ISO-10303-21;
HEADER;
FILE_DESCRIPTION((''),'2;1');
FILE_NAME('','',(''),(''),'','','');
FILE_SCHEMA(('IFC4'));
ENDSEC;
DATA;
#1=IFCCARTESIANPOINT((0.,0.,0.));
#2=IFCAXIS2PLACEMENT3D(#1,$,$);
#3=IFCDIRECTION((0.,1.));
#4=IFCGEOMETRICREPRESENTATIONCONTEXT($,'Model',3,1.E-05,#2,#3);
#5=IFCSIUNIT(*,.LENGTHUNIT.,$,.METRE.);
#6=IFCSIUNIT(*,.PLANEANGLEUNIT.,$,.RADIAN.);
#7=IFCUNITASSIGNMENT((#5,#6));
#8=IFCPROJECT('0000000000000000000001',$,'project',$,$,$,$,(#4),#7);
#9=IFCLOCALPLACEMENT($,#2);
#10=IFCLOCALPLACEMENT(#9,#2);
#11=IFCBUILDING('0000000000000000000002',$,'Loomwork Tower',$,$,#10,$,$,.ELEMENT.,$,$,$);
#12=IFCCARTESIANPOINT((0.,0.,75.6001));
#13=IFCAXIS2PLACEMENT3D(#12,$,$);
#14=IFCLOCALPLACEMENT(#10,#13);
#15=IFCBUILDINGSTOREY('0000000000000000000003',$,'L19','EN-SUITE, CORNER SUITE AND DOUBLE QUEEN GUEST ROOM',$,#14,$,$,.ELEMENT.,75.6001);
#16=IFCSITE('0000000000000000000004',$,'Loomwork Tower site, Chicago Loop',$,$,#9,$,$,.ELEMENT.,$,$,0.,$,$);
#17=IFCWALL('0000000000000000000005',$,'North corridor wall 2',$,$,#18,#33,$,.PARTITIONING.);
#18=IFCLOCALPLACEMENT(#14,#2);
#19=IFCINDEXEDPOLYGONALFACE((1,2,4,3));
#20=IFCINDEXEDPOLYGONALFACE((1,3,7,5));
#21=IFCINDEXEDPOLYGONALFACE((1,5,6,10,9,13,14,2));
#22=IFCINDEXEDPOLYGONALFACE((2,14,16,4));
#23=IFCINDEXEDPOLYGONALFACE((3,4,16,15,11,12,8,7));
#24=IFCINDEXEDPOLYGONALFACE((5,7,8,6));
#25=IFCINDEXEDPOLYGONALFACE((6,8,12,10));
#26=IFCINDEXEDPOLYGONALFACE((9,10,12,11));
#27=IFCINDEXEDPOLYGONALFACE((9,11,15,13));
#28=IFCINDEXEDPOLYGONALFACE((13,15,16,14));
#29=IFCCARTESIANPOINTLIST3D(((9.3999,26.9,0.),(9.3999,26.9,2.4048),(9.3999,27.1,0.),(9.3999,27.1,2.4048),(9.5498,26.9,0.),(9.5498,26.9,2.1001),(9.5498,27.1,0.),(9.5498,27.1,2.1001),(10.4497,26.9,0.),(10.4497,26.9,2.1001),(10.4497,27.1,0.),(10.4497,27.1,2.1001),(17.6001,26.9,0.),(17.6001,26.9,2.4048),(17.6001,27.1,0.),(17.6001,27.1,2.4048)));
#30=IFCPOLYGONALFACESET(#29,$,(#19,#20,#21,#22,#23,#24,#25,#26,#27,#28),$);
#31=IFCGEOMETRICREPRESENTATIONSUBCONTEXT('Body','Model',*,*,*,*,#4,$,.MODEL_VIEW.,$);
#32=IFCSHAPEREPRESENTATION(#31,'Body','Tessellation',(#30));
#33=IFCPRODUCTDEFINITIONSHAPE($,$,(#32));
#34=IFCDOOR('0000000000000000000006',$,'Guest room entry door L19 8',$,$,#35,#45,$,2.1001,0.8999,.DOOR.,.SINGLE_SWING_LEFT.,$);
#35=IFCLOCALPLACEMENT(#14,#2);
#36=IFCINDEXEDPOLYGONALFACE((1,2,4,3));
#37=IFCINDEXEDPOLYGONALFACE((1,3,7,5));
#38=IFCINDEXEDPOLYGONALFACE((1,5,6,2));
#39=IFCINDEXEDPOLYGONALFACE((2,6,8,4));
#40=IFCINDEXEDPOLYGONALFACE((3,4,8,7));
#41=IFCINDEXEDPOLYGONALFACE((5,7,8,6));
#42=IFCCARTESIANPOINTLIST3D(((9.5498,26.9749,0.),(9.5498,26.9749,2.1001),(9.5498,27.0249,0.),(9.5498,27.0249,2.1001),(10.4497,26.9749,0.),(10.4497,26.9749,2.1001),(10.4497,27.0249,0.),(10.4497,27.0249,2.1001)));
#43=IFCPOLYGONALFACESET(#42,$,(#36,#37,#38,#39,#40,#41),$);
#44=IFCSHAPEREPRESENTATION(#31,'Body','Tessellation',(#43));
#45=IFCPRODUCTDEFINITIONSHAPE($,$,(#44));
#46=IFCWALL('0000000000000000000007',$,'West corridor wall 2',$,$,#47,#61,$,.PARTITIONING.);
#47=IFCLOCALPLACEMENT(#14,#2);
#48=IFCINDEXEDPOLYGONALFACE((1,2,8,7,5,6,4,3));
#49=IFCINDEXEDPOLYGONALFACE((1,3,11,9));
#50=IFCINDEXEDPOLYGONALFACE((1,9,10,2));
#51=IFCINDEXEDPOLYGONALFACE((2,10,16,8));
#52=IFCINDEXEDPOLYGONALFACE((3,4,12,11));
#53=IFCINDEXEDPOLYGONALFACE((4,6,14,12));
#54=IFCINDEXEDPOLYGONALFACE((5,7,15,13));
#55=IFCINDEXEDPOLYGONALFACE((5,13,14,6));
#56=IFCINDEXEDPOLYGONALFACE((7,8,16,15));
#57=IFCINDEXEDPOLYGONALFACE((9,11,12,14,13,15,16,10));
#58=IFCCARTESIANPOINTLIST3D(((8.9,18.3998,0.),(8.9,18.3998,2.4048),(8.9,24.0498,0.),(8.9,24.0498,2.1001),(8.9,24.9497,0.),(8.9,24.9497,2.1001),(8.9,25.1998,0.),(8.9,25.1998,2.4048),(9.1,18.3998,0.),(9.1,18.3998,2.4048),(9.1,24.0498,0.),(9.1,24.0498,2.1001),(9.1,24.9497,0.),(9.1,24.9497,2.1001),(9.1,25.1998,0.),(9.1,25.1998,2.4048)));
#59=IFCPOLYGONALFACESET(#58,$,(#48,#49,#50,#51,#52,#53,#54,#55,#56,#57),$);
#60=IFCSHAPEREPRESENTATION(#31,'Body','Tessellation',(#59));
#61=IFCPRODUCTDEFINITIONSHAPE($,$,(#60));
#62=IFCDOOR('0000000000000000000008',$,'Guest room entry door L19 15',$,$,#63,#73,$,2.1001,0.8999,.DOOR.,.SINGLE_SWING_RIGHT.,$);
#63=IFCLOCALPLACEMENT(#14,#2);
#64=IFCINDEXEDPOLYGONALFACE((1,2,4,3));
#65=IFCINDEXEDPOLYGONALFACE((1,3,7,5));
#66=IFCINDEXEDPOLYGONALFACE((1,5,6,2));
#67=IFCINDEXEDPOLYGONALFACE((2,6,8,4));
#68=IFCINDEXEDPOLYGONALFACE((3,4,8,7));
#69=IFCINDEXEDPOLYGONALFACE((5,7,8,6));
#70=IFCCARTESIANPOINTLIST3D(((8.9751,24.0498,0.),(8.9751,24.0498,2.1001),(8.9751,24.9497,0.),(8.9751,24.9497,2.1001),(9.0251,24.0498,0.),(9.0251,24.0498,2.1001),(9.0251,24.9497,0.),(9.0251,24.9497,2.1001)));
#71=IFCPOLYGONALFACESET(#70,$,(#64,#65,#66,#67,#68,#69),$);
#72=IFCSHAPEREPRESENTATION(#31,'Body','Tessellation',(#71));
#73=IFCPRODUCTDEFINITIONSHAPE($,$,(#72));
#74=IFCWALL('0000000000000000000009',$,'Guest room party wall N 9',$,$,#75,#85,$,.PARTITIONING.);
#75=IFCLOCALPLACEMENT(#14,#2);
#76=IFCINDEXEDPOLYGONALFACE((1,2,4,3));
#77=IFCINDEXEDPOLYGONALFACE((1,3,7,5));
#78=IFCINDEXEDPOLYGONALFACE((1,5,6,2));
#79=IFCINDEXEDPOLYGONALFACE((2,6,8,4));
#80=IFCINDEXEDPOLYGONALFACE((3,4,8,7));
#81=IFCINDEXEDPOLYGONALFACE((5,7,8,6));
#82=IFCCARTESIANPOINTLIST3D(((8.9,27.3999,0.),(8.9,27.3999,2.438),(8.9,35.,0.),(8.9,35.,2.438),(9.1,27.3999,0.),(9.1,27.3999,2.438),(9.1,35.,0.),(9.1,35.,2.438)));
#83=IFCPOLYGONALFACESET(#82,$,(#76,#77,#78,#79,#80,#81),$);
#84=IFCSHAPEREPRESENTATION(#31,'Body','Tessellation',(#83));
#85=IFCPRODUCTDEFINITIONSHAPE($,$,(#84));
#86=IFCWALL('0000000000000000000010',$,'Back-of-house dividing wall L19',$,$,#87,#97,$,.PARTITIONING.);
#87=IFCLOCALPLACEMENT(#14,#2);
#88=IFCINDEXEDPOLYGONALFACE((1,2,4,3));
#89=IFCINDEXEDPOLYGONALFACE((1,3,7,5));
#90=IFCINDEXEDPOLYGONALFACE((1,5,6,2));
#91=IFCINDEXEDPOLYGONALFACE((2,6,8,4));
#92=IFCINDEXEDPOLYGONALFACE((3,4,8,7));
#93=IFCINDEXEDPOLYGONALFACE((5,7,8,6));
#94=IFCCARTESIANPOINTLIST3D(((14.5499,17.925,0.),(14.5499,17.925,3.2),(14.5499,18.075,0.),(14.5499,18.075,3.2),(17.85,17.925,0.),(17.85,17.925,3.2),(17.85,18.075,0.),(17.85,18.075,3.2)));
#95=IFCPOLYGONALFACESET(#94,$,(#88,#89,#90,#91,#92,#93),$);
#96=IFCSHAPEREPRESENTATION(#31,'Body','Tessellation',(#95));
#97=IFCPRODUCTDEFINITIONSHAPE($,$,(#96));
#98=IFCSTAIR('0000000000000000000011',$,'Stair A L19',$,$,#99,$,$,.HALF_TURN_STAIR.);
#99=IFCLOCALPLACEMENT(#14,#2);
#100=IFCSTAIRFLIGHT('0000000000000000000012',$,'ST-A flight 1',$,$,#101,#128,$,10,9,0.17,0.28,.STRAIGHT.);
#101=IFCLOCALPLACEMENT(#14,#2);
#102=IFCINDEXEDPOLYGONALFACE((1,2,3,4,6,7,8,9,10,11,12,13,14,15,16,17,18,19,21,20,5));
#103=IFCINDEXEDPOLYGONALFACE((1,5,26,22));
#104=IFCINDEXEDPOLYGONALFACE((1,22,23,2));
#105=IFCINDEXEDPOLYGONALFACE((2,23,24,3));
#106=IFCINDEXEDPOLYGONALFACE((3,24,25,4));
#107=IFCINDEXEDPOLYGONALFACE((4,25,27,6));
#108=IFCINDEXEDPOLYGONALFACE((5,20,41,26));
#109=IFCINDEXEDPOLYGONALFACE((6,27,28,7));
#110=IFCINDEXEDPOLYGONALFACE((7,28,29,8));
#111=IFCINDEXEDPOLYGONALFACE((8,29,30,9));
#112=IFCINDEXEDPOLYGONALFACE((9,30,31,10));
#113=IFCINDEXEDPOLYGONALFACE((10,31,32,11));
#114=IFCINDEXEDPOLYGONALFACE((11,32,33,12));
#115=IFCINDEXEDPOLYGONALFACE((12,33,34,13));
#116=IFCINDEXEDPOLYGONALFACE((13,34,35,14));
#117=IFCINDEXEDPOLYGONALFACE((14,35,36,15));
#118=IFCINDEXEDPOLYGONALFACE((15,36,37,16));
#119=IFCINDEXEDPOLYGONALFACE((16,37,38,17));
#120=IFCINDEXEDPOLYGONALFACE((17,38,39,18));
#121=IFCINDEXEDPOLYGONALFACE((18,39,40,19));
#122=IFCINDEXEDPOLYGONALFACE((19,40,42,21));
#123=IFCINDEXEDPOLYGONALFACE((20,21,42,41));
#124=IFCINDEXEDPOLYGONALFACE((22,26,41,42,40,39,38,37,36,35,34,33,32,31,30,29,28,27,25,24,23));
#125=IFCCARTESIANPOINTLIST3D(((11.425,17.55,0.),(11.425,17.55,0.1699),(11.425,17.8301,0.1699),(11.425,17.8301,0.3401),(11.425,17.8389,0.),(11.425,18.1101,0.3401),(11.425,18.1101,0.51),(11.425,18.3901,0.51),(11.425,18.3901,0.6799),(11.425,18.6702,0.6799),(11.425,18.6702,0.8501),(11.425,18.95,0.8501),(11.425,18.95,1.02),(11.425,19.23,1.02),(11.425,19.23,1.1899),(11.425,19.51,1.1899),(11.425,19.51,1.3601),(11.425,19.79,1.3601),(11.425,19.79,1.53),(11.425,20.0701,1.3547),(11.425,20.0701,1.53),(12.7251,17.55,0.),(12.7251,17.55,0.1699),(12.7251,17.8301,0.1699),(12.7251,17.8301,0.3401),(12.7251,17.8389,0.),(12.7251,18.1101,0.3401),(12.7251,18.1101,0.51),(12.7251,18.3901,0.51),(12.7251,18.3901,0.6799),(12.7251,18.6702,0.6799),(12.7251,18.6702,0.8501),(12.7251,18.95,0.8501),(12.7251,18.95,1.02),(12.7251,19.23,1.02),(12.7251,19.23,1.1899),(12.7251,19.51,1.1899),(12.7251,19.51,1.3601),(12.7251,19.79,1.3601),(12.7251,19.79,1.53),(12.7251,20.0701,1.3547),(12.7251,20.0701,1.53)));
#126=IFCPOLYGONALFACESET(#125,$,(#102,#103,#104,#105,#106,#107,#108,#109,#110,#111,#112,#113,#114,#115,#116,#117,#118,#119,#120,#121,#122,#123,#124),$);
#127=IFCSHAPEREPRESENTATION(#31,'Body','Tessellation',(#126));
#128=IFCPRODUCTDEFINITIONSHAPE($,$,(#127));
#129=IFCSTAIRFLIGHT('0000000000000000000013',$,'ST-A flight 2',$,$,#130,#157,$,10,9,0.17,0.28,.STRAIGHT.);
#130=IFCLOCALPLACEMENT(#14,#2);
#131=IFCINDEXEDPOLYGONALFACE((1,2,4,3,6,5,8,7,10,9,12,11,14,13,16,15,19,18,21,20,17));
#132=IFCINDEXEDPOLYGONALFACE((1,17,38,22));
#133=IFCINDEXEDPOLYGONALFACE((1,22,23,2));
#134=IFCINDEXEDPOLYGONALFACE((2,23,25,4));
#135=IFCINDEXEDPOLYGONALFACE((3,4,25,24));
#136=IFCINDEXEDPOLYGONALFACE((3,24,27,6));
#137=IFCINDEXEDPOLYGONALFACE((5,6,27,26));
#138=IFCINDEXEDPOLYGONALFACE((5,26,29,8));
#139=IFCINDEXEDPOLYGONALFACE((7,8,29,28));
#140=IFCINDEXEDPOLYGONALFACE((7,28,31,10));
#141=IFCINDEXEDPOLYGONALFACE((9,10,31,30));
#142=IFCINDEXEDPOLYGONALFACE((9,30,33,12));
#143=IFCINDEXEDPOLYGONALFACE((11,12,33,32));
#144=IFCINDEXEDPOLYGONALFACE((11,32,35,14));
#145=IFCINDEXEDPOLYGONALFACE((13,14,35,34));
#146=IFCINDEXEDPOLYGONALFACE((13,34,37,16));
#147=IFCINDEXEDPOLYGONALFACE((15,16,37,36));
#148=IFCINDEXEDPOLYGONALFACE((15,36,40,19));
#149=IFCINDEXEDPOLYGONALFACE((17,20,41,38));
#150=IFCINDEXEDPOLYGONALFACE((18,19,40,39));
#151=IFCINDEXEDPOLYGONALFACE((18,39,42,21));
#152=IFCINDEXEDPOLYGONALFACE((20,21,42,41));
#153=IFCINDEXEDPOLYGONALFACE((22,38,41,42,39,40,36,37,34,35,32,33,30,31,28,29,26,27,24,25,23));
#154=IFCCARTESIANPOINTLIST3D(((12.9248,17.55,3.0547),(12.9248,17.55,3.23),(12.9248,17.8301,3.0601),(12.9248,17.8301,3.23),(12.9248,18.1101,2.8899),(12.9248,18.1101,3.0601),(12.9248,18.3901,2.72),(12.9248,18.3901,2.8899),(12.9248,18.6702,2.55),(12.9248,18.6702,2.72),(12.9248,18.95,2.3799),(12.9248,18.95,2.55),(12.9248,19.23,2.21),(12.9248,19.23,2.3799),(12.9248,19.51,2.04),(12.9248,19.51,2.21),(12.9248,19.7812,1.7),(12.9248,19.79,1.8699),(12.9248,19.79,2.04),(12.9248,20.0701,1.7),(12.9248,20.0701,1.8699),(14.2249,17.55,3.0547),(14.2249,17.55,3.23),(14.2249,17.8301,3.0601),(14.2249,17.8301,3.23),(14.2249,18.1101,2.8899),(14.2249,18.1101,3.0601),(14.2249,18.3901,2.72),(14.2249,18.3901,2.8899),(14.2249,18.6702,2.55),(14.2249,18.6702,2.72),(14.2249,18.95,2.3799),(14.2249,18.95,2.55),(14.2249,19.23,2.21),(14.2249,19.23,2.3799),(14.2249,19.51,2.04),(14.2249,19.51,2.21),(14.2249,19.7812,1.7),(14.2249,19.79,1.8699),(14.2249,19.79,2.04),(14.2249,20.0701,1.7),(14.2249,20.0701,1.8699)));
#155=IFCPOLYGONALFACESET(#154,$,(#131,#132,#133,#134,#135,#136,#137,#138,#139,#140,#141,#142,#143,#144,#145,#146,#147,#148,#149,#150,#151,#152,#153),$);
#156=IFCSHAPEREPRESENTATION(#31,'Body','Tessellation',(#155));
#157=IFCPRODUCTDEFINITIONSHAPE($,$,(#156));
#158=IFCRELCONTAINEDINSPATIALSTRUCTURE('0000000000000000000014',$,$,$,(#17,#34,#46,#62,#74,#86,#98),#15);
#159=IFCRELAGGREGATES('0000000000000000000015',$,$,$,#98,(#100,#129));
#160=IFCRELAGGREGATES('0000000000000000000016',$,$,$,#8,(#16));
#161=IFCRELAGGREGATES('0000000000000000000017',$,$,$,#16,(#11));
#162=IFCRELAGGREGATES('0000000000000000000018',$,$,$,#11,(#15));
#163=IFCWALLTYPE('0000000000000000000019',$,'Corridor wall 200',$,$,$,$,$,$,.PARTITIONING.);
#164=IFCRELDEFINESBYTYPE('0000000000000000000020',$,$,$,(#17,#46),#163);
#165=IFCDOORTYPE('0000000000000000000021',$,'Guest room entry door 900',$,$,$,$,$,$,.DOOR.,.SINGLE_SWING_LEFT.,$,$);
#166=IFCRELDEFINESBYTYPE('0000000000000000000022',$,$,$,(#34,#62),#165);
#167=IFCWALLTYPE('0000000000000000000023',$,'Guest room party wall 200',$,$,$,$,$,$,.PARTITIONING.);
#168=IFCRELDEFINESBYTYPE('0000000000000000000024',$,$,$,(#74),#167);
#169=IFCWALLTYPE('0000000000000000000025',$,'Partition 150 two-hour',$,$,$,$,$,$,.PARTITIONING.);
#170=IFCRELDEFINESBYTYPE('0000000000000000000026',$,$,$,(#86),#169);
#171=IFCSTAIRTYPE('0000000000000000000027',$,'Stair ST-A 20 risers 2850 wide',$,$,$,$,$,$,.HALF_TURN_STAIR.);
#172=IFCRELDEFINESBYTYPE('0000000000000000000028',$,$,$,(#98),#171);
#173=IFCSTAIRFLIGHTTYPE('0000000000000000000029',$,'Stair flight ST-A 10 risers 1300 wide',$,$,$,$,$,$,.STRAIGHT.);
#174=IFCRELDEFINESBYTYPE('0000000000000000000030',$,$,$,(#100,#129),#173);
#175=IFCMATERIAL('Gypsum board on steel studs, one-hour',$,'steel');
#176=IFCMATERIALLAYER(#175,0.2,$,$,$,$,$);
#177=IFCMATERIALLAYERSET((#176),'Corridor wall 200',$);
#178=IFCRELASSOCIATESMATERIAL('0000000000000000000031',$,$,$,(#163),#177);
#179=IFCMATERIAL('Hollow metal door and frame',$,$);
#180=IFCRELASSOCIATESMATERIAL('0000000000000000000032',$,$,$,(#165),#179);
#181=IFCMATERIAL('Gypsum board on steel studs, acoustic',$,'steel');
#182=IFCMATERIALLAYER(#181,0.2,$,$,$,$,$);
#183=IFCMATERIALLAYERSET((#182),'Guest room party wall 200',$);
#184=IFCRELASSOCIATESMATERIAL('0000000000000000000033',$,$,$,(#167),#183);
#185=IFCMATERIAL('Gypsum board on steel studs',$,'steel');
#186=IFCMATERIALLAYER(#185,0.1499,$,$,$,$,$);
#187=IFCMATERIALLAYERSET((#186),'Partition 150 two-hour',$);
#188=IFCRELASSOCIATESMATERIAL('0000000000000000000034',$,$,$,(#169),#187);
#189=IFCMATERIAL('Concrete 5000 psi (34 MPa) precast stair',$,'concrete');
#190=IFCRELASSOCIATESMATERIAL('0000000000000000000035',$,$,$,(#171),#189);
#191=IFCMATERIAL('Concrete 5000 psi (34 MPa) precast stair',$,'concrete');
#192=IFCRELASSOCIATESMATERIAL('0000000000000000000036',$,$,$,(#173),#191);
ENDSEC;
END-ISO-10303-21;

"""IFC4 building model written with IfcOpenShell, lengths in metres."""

from ifc_helpers import new_model, si_unit, direction, frame, frame_2d, origin, place, context, subcontext, project, spatial, polyline, rectangle, outline, extrude, material, layer, layer_set, type_object, element, fill, aggregate, save


model = new_model("IFC4")

# Units and contexts
model_context = context("Model", 3, precision=1e-05, world=origin(), true_north=direction((0.0, 1.0)))
body_context = subcontext(model_context, "Body", "Model", "MODEL_VIEW")
ifc_project = project(units=[si_unit("LENGTHUNIT", "METRE"), si_unit("PLANEANGLEUNIT", "RADIAN")], contexts=[model_context])

# Site, building, storey
site_placement = place(None, origin())
site = spatial("IfcSite", under=ifc_project, at=site_placement, Name="Loomwork Tower site, Chicago Loop", CompositionType="ELEMENT", RefElevation=0.0)
building_placement = place(site_placement, origin())
building = spatial("IfcBuilding", under=site, at=building_placement, Name="Loomwork Tower", CompositionType="ELEMENT")
storey_placement = place(building_placement, frame((0.0, 0.0, 75.6001)))
storey = spatial("IfcBuildingStorey", under=building, at=storey_placement, Name="L19", Description="EN-SUITE, CORNER SUITE AND DOUBLE QUEEN GUEST ROOM", CompositionType="ELEMENT", Elevation=75.6001)

# Walls, openings, doors
ifc_material_1 = material(Name="Gypsum board on steel studs, one-hour", Category="steel")
ifc_layer_1 = layer(ifc_material_1, 0.2)
ifc_layer_set_1 = layer_set([ifc_layer_1], Name="Corridor wall 200")
wall_type_1 = type_object("IfcWallType", Name="Corridor wall 200", PredefinedType="PARTITIONING", material=ifc_layer_set_1)
wall_1_placement = place(storey_placement, frame((9.3999, 27.0, 0.0), z_axis=(0.0, 0.0, 1.0), x_axis=(1.0, 0.0, 0.0)))
wall_1 = element("IfcWall", 1, at=wall_1_placement, inside=storey, type_object=wall_type_1, Name="North corridor wall 2", PredefinedType="PARTITIONING", context=body_context, shape_type="SweptSolid", body=[
    extrude(rectangle(XDim=8.2002, YDim=0.2, at=frame_2d((4.1001, 0.0))), origin(), (0.0, 0.0, 1.0), 2.4048),
])
opening_1_placement = place(wall_1_placement, frame((0.1499, 0.0, 0.0)))
opening_1 = element("IfcOpeningElement", 2, at=opening_1_placement, cuts=wall_1, PredefinedType="OPENING", context=body_context, shape_type="SweptSolid", body=[
    extrude(rectangle(XDim=0.8999, YDim=2.1001, at=frame_2d((0.45, 1.05))), frame((0.0, 0.1099, 0.0), z_axis=(0.0, -1.0, 0.0), x_axis=(1.0, 0.0, 0.0)), (0.0, 0.0, 1.0), 0.22),
])
ifc_material_2 = material(Name="Hollow metal door and frame")
door_type_1 = type_object("IfcDoorType", Name="Guest room entry door 900", OperationType="SINGLE_SWING_LEFT", PredefinedType="DOOR", material=ifc_material_2)
door_1_placement = place(opening_1_placement, origin())
door_1 = element("IfcDoor", 3, at=door_1_placement, inside=storey, type_object=door_type_1, Name="Guest room entry door L19 8", OperationType="SINGLE_SWING_LEFT", OverallHeight=2.1001, OverallWidth=0.8999, PredefinedType="DOOR", context=body_context, shape_type="SweptSolid", body=[
    extrude(rectangle(XDim=0.8999, YDim=2.1001, at=frame_2d((0.45, 1.05))), frame((0.0, 0.0249, 0.0), z_axis=(0.0, -1.0, 0.0), x_axis=(1.0, 0.0, 0.0)), (0.0, 0.0, 1.0), 0.05),
])
fill(opening_1, door_1)
wall_2_placement = place(storey_placement, frame((9.0, 18.3999, 0.0), z_axis=(0.0, 0.0, 1.0), x_axis=(0.0, 1.0, 0.0)))
wall_2 = element("IfcWall", 4, at=wall_2_placement, inside=storey, type_object=wall_type_1, Name="West corridor wall 2", PredefinedType="PARTITIONING", context=body_context, shape_type="SweptSolid", body=[
    extrude(rectangle(XDim=6.8, YDim=0.2, at=frame_2d((3.3999, 0.0))), origin(), (0.0, 0.0, 1.0), 2.4048),
])
opening_2_placement = place(wall_2_placement, frame((5.6499, 0.0, 0.0)))
opening_2 = element("IfcOpeningElement", 5, at=opening_2_placement, cuts=wall_2, PredefinedType="OPENING", context=body_context, shape_type="SweptSolid", body=[
    extrude(rectangle(XDim=0.8999, YDim=2.1001, at=frame_2d((0.45, 1.05))), frame((0.0, 0.1099, 0.0), z_axis=(0.0, -1.0, 0.0), x_axis=(1.0, 0.0, 0.0)), (0.0, 0.0, 1.0), 0.22),
])
door_2_placement = place(opening_2_placement, origin())
door_2 = element("IfcDoor", 6, at=door_2_placement, inside=storey, type_object=door_type_1, Name="Guest room entry door L19 15", OperationType="SINGLE_SWING_RIGHT", OverallHeight=2.1001, OverallWidth=0.8999, PredefinedType="DOOR", context=body_context, shape_type="SweptSolid", body=[
    extrude(rectangle(XDim=0.8999, YDim=2.1001, at=frame_2d((0.45, 1.05))), frame((0.0, 0.0249, 0.0), z_axis=(0.0, -1.0, 0.0), x_axis=(1.0, 0.0, 0.0)), (0.0, 0.0, 1.0), 0.05),
])
fill(opening_2, door_2)

# Walls
ifc_material_3 = material(Name="Gypsum board on steel studs, acoustic", Category="steel")
ifc_layer_2 = layer(ifc_material_3, 0.2)
ifc_layer_set_2 = layer_set([ifc_layer_2], Name="Guest room party wall 200")
wall_type_2 = type_object("IfcWallType", Name="Guest room party wall 200", PredefinedType="PARTITIONING", material=ifc_layer_set_2)
wall_3_placement = place(storey_placement, frame((9.0, 27.3999, 0.0), z_axis=(0.0, 0.0, 1.0), x_axis=(0.0, 1.0, 0.0)))
element("IfcWall", 7, at=wall_3_placement, inside=storey, type_object=wall_type_2, Name="Guest room party wall N 9", PredefinedType="PARTITIONING", context=body_context, shape_type="SweptSolid", body=[
    extrude(rectangle(XDim=7.6001, YDim=0.2, at=frame_2d((3.8, 0.0))), origin(), (0.0, 0.0, 1.0), 2.438),
])
ifc_material_4 = material(Name="Gypsum board on steel studs", Category="steel")
ifc_layer_3 = layer(ifc_material_4, 0.1499)
ifc_layer_set_3 = layer_set([ifc_layer_3], Name="Partition 150 two-hour")
wall_type_3 = type_object("IfcWallType", Name="Partition 150 two-hour", PredefinedType="PARTITIONING", material=ifc_layer_set_3)
wall_4_placement = place(storey_placement, frame((14.55, 18.0, 0.0), z_axis=(0.0, 0.0, 1.0), x_axis=(1.0, 0.0, 0.0)))
element("IfcWall", 8, at=wall_4_placement, inside=storey, type_object=wall_type_3, Name="Back-of-house dividing wall L19", PredefinedType="PARTITIONING", context=body_context, shape_type="SweptSolid", body=[
    extrude(rectangle(XDim=3.3, YDim=0.1499, at=frame_2d((1.6499, 0.0))), origin(), (0.0, 0.0, 1.0), 3.2),
])

# Stair, stair flights
ifc_material_5 = material(Name="Concrete 5000 psi (34 MPa) precast stair", Category="concrete")
stair_type = type_object("IfcStairType", Name="Stair ST-A 20 risers 2850 wide", PredefinedType="HALF_TURN_STAIR", material=ifc_material_5)
stair_placement = place(storey_placement, origin())
stair = element("IfcStair", 9, at=stair_placement, inside=storey, type_object=stair_type, Name="Stair A L19", PredefinedType="HALF_TURN_STAIR")
ifc_material_6 = material(Name="Concrete 5000 psi (34 MPa) precast stair", Category="concrete")
stair_flight_type = type_object("IfcStairFlightType", Name="Stair flight ST-A 10 risers 1300 wide", PredefinedType="STRAIGHT", material=ifc_material_6)
stair_flight_1_placement = place(storey_placement, frame((12.075, 17.55, 0.0), z_axis=(0.0, 0.0, 1.0), x_axis=(0.0, 1.0, 0.0)))
stair_flight_1 = element("IfcStairFlight", 10, at=stair_flight_1_placement, type_object=stair_flight_type, Name="ST-A flight 1", NumberOfRisers=10, NumberOfTreads=9, PredefinedType="STRAIGHT", RiserHeight=0.17, TreadLength=0.28, context=body_context, shape_type="SweptSolid", body=[
    extrude(outline(polyline([(0.0, 0.0), (0.0, 0.1699), (0.28, 0.1699), (0.28, 0.3401), (0.5601, 0.3401), (0.5601, 0.51), (0.8401, 0.51), (0.8401, 0.6799), (1.1201, 0.6799), (1.1201, 0.8501), (1.3999, 0.8501), (1.3999, 1.02), (1.6799, 1.02), (1.6799, 1.1899), (1.96, 1.1899), (1.96, 1.3601), (2.24, 1.3601), (2.24, 1.53), (2.52, 1.53), (2.52, 1.7), (2.52, 1.3547), (0.2888, 0.0), (0.0, 0.0)])), frame((0.0, 0.6499, 0.0), z_axis=(0.0, -1.0, 0.0), x_axis=(1.0, 0.0, 0.0)), (0.0, 0.0, 1.0), 1.3),
])
stair_flight_2_placement = place(storey_placement, frame((13.575, 20.0701, 1.7), z_axis=(0.0, 0.0, 1.0), x_axis=(0.0, -1.0, 0.0)))
stair_flight_2 = element("IfcStairFlight", 11, at=stair_flight_2_placement, type_object=stair_flight_type, Name="ST-A flight 2", NumberOfRisers=10, NumberOfTreads=9, PredefinedType="STRAIGHT", RiserHeight=0.17, TreadLength=0.28, context=body_context, shape_type="SweptSolid", body=[
    extrude(outline(polyline([(0.0, 0.0), (0.0, 0.1699), (0.28, 0.1699), (0.28, 0.3401), (0.5601, 0.3401), (0.5601, 0.51), (0.8401, 0.51), (0.8401, 0.6799), (1.1201, 0.6799), (1.1201, 0.8501), (1.3999, 0.8501), (1.3999, 1.02), (1.6799, 1.02), (1.6799, 1.1899), (1.96, 1.1899), (1.96, 1.3601), (2.24, 1.3601), (2.24, 1.53), (2.52, 1.53), (2.52, 1.7), (2.52, 1.3547), (0.2888, 0.0), (0.0, 0.0)])), frame((0.0, 0.6499, 0.0), z_axis=(0.0, -1.0, 0.0), x_axis=(1.0, 0.0, 0.0)), (0.0, 0.0, 1.0), 1.3),
])
aggregate(stair, [stair_flight_1, stair_flight_2])

save(model, "model.ifc")
